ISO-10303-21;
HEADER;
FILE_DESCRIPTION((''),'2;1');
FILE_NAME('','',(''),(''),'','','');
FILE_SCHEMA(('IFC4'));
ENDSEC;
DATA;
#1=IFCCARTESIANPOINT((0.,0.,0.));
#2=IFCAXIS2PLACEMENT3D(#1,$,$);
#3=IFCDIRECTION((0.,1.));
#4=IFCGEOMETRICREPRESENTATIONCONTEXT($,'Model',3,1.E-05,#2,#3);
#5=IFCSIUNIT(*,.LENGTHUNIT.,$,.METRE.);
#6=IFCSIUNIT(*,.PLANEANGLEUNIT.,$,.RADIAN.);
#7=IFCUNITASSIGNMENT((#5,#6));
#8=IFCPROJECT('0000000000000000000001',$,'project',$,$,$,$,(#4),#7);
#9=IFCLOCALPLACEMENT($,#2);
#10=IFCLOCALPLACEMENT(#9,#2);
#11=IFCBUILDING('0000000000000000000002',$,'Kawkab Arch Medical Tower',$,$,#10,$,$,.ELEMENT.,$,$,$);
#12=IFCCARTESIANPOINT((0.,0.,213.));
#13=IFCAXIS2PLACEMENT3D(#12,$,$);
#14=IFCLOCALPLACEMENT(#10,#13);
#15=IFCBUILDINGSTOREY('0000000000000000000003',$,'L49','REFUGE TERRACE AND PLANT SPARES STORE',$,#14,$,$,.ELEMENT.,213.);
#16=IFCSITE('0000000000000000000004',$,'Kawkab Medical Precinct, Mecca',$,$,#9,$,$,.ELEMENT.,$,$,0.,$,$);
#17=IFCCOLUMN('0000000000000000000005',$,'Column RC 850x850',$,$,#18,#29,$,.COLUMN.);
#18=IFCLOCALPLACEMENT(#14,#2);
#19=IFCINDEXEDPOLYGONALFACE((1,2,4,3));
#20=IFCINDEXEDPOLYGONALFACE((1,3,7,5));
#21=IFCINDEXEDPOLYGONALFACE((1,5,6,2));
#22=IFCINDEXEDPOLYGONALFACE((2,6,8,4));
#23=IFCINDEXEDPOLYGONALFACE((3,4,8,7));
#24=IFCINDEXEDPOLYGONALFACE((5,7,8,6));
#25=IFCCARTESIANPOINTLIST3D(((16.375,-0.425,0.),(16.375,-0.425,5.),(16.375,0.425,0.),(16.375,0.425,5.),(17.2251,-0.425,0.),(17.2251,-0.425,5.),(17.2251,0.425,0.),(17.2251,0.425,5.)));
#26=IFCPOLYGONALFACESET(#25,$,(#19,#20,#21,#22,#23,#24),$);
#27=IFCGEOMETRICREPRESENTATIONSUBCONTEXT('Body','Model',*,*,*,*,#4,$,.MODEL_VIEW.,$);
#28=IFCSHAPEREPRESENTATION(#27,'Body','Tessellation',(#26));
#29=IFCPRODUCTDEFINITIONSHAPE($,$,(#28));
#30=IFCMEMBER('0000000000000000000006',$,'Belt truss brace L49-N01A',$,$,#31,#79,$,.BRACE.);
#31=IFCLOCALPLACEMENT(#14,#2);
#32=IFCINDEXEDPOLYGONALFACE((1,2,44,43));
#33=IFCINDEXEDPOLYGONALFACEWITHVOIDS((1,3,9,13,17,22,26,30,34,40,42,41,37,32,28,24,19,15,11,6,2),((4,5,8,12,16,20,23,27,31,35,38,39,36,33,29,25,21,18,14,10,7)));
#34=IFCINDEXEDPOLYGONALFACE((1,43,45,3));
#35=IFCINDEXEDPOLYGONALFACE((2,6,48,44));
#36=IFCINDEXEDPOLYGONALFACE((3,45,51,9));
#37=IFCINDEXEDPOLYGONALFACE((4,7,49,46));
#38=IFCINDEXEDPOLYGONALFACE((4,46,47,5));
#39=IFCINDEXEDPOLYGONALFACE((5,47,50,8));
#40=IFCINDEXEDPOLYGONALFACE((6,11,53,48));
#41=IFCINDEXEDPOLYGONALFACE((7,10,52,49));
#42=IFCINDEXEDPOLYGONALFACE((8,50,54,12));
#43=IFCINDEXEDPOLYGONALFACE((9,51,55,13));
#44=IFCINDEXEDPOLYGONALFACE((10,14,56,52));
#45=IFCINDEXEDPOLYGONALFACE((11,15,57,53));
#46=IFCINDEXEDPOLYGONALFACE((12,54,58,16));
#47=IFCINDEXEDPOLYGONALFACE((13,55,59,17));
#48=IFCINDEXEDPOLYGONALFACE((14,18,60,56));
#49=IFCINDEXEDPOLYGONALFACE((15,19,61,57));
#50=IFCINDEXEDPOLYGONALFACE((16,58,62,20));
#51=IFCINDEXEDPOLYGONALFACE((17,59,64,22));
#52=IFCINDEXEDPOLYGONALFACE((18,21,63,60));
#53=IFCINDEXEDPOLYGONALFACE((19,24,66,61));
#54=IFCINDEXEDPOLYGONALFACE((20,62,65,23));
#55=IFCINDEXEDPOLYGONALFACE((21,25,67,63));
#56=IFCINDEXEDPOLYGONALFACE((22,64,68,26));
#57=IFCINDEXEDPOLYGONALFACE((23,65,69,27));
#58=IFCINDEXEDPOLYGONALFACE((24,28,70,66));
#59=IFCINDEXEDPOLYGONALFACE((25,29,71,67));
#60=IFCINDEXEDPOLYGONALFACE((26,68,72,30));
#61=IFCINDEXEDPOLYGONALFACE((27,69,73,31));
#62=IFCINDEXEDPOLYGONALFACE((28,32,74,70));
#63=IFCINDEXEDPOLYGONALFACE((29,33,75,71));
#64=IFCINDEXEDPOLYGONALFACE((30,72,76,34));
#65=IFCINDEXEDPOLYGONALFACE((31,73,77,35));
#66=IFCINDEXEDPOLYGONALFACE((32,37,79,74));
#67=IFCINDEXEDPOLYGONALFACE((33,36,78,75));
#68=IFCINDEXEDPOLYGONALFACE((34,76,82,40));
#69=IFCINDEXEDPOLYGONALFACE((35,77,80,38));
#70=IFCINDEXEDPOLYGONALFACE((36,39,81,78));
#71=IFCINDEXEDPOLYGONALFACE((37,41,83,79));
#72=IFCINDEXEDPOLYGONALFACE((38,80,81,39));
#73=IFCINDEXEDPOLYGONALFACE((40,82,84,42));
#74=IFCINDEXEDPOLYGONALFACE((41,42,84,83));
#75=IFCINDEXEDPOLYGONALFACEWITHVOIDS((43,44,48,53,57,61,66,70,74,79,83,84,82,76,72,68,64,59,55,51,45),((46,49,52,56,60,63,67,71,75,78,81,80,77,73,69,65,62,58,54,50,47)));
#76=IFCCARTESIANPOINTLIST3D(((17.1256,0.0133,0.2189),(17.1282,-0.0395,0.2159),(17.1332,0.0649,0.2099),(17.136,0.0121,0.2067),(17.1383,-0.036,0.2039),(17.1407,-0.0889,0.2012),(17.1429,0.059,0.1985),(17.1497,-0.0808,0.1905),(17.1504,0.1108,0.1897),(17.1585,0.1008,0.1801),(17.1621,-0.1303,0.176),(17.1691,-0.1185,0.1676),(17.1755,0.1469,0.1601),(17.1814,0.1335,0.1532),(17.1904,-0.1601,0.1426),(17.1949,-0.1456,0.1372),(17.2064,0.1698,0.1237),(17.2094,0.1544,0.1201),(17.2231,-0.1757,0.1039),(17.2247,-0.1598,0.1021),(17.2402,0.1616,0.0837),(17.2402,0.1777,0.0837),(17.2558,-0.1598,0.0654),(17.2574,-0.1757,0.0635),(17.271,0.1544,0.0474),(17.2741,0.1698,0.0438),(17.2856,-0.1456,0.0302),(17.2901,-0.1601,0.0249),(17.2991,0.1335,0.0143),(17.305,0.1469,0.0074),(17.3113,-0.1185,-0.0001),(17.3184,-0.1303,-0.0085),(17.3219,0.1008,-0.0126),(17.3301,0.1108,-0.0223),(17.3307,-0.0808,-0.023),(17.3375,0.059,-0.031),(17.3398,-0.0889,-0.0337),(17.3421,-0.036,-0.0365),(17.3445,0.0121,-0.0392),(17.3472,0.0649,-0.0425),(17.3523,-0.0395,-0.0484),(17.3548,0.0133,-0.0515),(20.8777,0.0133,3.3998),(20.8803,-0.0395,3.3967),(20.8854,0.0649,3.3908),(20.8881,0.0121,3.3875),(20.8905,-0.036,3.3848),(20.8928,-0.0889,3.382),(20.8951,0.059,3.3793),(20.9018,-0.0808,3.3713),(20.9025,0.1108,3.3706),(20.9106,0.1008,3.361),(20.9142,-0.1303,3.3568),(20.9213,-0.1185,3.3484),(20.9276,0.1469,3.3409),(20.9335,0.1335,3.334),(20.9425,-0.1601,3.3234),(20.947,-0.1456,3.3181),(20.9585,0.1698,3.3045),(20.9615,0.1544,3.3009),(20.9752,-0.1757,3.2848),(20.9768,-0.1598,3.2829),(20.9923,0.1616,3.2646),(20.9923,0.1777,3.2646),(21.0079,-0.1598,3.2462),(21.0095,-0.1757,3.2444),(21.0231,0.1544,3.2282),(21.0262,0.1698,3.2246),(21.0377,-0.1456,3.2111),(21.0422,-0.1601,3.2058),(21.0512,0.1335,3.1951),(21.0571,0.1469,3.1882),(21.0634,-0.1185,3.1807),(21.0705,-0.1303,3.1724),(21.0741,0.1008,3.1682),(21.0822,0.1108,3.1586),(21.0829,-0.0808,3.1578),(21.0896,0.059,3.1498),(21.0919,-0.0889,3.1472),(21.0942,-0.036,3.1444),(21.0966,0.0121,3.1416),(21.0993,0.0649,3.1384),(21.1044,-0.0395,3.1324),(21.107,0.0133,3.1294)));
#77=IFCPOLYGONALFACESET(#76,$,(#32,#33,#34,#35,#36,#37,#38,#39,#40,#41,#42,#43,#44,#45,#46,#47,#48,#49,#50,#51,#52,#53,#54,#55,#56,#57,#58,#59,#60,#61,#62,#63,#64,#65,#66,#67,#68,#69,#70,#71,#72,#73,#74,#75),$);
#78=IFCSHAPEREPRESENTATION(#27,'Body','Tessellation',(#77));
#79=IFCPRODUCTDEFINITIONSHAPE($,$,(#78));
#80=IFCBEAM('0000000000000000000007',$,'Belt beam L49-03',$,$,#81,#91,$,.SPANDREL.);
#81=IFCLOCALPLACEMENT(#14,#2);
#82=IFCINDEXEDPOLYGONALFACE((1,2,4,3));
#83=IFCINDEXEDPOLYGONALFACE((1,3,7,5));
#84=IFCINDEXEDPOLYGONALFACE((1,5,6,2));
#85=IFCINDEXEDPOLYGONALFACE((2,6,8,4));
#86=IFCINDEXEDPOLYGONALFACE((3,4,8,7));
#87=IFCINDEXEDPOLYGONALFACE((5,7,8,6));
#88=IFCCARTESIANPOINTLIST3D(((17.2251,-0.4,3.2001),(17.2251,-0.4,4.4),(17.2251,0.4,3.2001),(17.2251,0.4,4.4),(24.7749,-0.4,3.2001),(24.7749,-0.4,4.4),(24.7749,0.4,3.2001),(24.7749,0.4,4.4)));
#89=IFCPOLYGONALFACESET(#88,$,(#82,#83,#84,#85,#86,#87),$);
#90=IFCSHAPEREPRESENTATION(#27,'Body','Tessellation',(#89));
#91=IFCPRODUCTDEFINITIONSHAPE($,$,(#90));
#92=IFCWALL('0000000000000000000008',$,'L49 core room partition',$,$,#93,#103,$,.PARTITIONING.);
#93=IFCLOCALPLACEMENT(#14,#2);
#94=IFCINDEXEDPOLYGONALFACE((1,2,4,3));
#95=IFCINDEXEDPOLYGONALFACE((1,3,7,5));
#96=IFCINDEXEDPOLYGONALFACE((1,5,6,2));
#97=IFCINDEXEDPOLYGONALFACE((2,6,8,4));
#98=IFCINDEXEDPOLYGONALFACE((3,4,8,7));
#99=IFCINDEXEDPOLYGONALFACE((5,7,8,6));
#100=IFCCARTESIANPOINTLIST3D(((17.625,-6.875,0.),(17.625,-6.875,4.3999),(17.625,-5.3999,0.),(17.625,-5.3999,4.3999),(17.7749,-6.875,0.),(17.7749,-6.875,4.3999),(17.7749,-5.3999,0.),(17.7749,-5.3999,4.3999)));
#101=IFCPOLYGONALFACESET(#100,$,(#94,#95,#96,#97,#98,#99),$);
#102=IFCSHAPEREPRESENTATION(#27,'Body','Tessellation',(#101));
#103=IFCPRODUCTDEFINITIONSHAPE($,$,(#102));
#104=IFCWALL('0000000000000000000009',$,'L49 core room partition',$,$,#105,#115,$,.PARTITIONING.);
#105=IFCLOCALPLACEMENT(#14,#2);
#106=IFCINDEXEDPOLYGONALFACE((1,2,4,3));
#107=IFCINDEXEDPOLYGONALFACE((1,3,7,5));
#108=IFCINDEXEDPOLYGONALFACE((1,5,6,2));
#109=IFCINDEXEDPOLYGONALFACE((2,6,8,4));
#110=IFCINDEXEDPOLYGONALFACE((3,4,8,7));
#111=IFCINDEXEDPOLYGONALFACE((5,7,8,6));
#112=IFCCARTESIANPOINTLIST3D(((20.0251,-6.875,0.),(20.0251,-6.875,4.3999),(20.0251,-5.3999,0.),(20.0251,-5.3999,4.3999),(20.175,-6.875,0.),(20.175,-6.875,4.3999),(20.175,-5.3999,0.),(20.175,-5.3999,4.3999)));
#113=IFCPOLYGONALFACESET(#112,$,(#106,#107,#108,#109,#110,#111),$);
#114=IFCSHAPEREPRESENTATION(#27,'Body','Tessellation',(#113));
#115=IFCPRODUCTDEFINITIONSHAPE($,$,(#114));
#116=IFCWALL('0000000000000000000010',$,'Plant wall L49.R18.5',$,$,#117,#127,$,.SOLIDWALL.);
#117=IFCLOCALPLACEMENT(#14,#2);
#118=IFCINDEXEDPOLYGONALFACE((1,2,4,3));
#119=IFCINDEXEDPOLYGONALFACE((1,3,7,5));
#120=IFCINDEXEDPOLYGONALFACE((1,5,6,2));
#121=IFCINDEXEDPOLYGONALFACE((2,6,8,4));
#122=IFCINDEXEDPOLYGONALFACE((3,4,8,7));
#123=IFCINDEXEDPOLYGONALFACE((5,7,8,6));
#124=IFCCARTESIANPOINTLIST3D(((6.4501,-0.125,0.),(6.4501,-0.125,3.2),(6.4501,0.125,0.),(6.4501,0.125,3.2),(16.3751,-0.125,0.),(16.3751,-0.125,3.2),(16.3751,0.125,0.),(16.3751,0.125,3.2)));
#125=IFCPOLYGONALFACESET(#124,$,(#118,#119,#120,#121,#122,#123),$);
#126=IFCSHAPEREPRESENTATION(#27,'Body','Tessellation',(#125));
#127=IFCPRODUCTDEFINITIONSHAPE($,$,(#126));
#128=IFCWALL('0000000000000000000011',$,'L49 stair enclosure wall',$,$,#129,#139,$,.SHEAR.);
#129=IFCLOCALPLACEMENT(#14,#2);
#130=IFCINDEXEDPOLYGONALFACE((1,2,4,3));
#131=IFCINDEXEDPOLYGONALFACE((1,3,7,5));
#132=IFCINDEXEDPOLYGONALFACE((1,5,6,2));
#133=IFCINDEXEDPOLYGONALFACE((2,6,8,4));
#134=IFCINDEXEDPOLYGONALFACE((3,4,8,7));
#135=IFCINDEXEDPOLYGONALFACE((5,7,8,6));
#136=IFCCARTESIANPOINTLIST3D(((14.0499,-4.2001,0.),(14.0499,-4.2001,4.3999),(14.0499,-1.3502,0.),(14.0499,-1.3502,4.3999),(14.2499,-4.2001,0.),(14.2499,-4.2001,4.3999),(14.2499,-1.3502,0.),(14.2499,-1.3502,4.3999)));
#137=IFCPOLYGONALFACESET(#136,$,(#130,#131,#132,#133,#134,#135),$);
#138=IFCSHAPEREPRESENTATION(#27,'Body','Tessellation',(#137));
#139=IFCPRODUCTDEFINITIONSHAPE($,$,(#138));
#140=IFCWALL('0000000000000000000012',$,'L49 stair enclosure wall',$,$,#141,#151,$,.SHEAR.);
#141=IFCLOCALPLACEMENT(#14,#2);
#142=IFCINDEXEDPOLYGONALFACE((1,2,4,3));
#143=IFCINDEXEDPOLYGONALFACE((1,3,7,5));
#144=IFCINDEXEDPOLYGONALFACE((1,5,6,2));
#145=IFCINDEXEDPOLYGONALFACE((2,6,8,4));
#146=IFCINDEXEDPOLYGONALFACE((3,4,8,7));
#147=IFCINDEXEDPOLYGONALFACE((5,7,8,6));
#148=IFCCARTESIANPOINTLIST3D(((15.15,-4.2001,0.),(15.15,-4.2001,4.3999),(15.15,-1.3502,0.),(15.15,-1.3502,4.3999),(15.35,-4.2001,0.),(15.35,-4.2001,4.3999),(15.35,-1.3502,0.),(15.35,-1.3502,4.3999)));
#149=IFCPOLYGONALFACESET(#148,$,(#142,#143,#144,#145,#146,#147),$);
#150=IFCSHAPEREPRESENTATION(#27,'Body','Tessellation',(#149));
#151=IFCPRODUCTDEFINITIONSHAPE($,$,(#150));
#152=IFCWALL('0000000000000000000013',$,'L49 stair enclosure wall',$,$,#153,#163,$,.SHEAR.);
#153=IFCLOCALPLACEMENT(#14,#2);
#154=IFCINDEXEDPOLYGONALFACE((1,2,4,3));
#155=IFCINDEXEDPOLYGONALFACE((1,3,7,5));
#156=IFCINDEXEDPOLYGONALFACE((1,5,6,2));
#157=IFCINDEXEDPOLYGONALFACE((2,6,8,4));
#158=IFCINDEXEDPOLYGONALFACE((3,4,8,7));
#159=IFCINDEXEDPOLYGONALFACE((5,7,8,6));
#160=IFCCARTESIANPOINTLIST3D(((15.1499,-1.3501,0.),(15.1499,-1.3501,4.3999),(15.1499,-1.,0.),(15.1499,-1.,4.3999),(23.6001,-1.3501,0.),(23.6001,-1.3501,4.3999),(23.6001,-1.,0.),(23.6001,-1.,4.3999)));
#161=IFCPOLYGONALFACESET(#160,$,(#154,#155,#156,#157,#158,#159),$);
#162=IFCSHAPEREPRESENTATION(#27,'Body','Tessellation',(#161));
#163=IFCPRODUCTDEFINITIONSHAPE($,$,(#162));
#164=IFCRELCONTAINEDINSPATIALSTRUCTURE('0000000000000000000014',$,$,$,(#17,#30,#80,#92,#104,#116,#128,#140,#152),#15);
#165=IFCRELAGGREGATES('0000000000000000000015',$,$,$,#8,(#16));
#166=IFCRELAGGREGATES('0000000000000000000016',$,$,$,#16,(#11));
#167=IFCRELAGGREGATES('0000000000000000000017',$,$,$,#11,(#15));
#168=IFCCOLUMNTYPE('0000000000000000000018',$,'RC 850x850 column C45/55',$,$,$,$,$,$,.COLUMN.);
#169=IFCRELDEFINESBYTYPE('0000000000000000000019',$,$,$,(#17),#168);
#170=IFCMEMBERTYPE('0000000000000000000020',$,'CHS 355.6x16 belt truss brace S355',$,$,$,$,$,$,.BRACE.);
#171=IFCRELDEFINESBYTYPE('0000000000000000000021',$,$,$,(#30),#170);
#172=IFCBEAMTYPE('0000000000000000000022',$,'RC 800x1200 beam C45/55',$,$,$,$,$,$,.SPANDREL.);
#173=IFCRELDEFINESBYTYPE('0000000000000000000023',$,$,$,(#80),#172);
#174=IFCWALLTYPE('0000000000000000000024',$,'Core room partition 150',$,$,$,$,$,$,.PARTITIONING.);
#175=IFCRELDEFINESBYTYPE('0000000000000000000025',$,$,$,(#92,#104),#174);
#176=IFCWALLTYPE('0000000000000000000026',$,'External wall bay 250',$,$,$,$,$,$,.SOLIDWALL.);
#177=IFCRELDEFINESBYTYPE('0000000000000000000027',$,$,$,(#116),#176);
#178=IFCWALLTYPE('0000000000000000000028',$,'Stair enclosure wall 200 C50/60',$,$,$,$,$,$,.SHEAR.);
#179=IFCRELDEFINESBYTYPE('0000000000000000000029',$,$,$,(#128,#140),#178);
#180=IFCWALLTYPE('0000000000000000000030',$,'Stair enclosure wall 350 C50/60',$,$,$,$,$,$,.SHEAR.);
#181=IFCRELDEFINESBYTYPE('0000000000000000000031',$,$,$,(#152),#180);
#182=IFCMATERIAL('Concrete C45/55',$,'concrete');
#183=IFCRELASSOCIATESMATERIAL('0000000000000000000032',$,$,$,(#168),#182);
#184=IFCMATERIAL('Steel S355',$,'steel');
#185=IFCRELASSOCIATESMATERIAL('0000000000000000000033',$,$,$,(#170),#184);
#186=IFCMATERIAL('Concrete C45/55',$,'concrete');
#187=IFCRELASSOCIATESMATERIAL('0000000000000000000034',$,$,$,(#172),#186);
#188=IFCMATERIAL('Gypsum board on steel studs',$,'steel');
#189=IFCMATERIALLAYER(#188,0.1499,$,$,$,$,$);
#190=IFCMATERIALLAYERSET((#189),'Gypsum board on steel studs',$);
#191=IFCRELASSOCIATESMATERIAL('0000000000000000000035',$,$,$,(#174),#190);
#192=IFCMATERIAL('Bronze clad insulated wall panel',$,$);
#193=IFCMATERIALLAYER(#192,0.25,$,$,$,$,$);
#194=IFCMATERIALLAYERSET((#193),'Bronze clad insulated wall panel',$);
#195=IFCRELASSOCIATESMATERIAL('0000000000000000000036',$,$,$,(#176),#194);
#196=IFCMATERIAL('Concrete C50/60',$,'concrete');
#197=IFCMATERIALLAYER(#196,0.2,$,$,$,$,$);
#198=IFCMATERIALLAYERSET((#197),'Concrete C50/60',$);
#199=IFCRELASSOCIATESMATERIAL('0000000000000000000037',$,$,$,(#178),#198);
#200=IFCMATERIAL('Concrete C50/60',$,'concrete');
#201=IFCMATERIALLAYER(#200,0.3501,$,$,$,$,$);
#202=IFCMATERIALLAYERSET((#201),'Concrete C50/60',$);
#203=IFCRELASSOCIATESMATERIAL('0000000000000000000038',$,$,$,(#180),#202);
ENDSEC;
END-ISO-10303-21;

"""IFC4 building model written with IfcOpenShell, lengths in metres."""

from ifc_helpers import new_model, si_unit, direction, frame, frame_2d, origin, origin_2d, place, context, subcontext, project, spatial, rectangle, hollow_circle, extrude, material, layer, layer_set, material_profile, profile_set, type_object, element, save


model = new_model("IFC4")

# Units and contexts
model_context = context("Model", 3, precision=1e-05, world=origin(), true_north=direction((0.0, 1.0)))
body_context = subcontext(model_context, "Body", "Model", "MODEL_VIEW")
ifc_project = project(units=[si_unit("LENGTHUNIT", "METRE"), si_unit("PLANEANGLEUNIT", "RADIAN")], contexts=[model_context])

# Site, building, storey
site_placement = place(None, origin())
site = spatial("IfcSite", under=ifc_project, at=site_placement, Name="Kawkab Medical Precinct, Mecca", CompositionType="ELEMENT", RefElevation=0.0)
building_placement = place(site_placement, origin())
building = spatial("IfcBuilding", under=site, at=building_placement, Name="Kawkab Arch Medical Tower", CompositionType="ELEMENT")
storey_placement = place(building_placement, frame((0.0, 0.0, 213.0)))
storey = spatial("IfcBuildingStorey", under=building, at=storey_placement, Name="L49", Description="REFUGE TERRACE AND PLANT SPARES STORE", CompositionType="ELEMENT", Elevation=213.0)

# Column
ifc_material_1 = material(Name="Concrete C45/55", Category="concrete")
ifc_material_profile_1 = material_profile(ifc_material_1, rectangle(XDim=0.8501, YDim=0.8501, at=origin_2d()), Name="RC 850x850")
ifc_profile_set_1 = profile_set([ifc_material_profile_1], Name="Concrete C45/55")
column_type = type_object("IfcColumnType", Name="RC 850x850 column C45/55", PredefinedType="COLUMN", material=ifc_profile_set_1)
column_placement = place(storey_placement, frame((16.8, 0.0, 0.0), z_axis=(0.0, 0.0, 1.0), x_axis=(1.0, 0.0, 0.0)))
element("IfcColumn", 1, at=column_placement, inside=storey, type_object=column_type, Name="Column RC 850x850", PredefinedType="COLUMN", context=body_context, shape_type="SweptSolid", body=[
    extrude(rectangle(XDim=0.8501, YDim=0.8501, at=origin_2d()), origin(), (0.0, 0.0, 1.0), 5.0),
])

# Member
ifc_material_2 = material(Name="Steel S355", Category="steel")
ifc_material_profile_2 = material_profile(ifc_material_2, hollow_circle(Radius=0.1777, WallThickness=0.0161, at=origin_2d()), Name="CHS 355.6x16")
ifc_profile_set_2 = profile_set([ifc_material_profile_2], Name="Steel S355")
member_type = type_object("IfcMemberType", Name="CHS 355.6x16 belt truss brace S355", PredefinedType="BRACE", material=ifc_profile_set_2)
member_placement = place(storey_placement, frame((17.2402, 0.0, 0.0837), z_axis=(0.762787, 0.0, 0.646649), x_axis=(0.0, 1.0, 0.0)))
element("IfcMember", 2, at=member_placement, inside=storey, type_object=member_type, Name="Belt truss brace L49-N01A", PredefinedType="BRACE", context=body_context, shape_type="SweptSolid", body=[
    extrude(hollow_circle(Radius=0.1777, WallThickness=0.0161, at=origin_2d()), origin(), (0.0, 0.0, 1.0), 4.9189),
])

# Beam
ifc_material_3 = material(Name="Concrete C45/55", Category="concrete")
ifc_material_profile_3 = material_profile(ifc_material_3, rectangle(XDim=0.8, YDim=1.2, at=origin_2d()), Name="RC 800x1200")
ifc_profile_set_3 = profile_set([ifc_material_profile_3], Name="Concrete C45/55")
beam_type = type_object("IfcBeamType", Name="RC 800x1200 beam C45/55", PredefinedType="SPANDREL", material=ifc_profile_set_3)
beam_placement = place(storey_placement, frame((17.2251, 0.0, 3.8), z_axis=(1.0, 0.0, 0.0), x_axis=(0.0, 1.0, 0.0)))
element("IfcBeam", 3, at=beam_placement, inside=storey, type_object=beam_type, Name="Belt beam L49-03", PredefinedType="SPANDREL", context=body_context, shape_type="SweptSolid", body=[
    extrude(rectangle(XDim=0.8, YDim=1.2, at=origin_2d()), origin(), (0.0, 0.0, 1.0), 7.5498),
])

# Walls
ifc_material_4 = material(Name="Gypsum board on steel studs", Category="steel")
ifc_layer_1 = layer(ifc_material_4, 0.1499)
ifc_layer_set_1 = layer_set([ifc_layer_1], Name="Gypsum board on steel studs")
wall_type_1 = type_object("IfcWallType", Name="Core room partition 150", PredefinedType="PARTITIONING", material=ifc_layer_set_1)
for number, where, z_axis, x_axis, name in (
    (4, (17.7, -6.875, 0.0), (0.0, 0.0, 1.0), (0.0, 1.0, 0.0), "L49 core room partition"),
    (5, (20.1001, -6.875, 0.0), (0.0, 0.0, 1.0), (0.0, 1.0, 0.0), "L49 core room partition"),
):
    element("IfcWall", number, at=place(storey_placement, frame(where, z_axis=z_axis, x_axis=x_axis)), inside=storey, type_object=wall_type_1, Name=name, PredefinedType="PARTITIONING", context=body_context, shape_type="SweptSolid", body=[
        extrude(rectangle(XDim=1.4751, YDim=0.1499, at=frame_2d((0.7375, 0.0))), origin(), (0.0, 0.0, 1.0), 4.3999),
    ])
ifc_material_5 = material(Name="Bronze clad insulated wall panel")
ifc_layer_2 = layer(ifc_material_5, 0.25)
ifc_layer_set_2 = layer_set([ifc_layer_2], Name="Bronze clad insulated wall panel")
wall_type_2 = type_object("IfcWallType", Name="External wall bay 250", PredefinedType="SOLIDWALL", material=ifc_layer_set_2)
wall_1_placement = place(storey_placement, frame((16.375, 0.0, 0.0), z_axis=(0.0, 0.0, 1.0), x_axis=(-1.0, 0.0, 0.0)))
element("IfcWall", 6, at=wall_1_placement, inside=storey, type_object=wall_type_2, Name="Plant wall L49.R18.5", PredefinedType="SOLIDWALL", context=body_context, shape_type="SweptSolid", body=[
    extrude(rectangle(XDim=9.925, YDim=0.25, at=frame_2d((4.9624, 0.0))), origin(), (0.0, 0.0, 1.0), 3.2),
])
ifc_material_6 = material(Name="Concrete C50/60", Category="concrete")
ifc_layer_3 = layer(ifc_material_6, 0.2)
ifc_layer_set_3 = layer_set([ifc_layer_3], Name="Concrete C50/60")
wall_type_3 = type_object("IfcWallType", Name="Stair enclosure wall 200 C50/60", PredefinedType="SHEAR", material=ifc_layer_set_3)
for number, where, z_axis, x_axis, name in (
    (7, (14.1499, -4.2, 0.0), (0.0, 0.0, 1.0), (0.0, 1.0, 0.0), "L49 stair enclosure wall"),
    (8, (15.25, -4.2, 0.0), (0.0, 0.0, 1.0), (0.0, 1.0, 0.0), "L49 stair enclosure wall"),
):
    element("IfcWall", number, at=place(storey_placement, frame(where, z_axis=z_axis, x_axis=x_axis)), inside=storey, type_object=wall_type_3, Name=name, PredefinedType="SHEAR", context=body_context, shape_type="SweptSolid", body=[
        extrude(rectangle(XDim=2.8499, YDim=0.2, at=frame_2d((1.4248, 0.0))), origin(), (0.0, 0.0, 1.0), 4.3999),
    ])
ifc_material_7 = material(Name="Concrete C50/60", Category="concrete")
ifc_layer_4 = layer(ifc_material_7, 0.3501)
ifc_layer_set_4 = layer_set([ifc_layer_4], Name="Concrete C50/60")
wall_type_4 = type_object("IfcWallType", Name="Stair enclosure wall 350 C50/60", PredefinedType="SHEAR", material=ifc_layer_set_4)
wall_2_placement = place(storey_placement, frame((15.1499, -1.175, 0.0), z_axis=(0.0, 0.0, 1.0), x_axis=(1.0, 0.0, 0.0)))
element("IfcWall", 9, at=wall_2_placement, inside=storey, type_object=wall_type_4, Name="L49 stair enclosure wall", PredefinedType="SHEAR", context=body_context, shape_type="SweptSolid", body=[
    extrude(rectangle(XDim=8.4502, YDim=0.3501, at=frame_2d((4.2251, 0.0))), origin(), (0.0, 0.0, 1.0), 4.3999),
])

save(model, "model.ifc")
